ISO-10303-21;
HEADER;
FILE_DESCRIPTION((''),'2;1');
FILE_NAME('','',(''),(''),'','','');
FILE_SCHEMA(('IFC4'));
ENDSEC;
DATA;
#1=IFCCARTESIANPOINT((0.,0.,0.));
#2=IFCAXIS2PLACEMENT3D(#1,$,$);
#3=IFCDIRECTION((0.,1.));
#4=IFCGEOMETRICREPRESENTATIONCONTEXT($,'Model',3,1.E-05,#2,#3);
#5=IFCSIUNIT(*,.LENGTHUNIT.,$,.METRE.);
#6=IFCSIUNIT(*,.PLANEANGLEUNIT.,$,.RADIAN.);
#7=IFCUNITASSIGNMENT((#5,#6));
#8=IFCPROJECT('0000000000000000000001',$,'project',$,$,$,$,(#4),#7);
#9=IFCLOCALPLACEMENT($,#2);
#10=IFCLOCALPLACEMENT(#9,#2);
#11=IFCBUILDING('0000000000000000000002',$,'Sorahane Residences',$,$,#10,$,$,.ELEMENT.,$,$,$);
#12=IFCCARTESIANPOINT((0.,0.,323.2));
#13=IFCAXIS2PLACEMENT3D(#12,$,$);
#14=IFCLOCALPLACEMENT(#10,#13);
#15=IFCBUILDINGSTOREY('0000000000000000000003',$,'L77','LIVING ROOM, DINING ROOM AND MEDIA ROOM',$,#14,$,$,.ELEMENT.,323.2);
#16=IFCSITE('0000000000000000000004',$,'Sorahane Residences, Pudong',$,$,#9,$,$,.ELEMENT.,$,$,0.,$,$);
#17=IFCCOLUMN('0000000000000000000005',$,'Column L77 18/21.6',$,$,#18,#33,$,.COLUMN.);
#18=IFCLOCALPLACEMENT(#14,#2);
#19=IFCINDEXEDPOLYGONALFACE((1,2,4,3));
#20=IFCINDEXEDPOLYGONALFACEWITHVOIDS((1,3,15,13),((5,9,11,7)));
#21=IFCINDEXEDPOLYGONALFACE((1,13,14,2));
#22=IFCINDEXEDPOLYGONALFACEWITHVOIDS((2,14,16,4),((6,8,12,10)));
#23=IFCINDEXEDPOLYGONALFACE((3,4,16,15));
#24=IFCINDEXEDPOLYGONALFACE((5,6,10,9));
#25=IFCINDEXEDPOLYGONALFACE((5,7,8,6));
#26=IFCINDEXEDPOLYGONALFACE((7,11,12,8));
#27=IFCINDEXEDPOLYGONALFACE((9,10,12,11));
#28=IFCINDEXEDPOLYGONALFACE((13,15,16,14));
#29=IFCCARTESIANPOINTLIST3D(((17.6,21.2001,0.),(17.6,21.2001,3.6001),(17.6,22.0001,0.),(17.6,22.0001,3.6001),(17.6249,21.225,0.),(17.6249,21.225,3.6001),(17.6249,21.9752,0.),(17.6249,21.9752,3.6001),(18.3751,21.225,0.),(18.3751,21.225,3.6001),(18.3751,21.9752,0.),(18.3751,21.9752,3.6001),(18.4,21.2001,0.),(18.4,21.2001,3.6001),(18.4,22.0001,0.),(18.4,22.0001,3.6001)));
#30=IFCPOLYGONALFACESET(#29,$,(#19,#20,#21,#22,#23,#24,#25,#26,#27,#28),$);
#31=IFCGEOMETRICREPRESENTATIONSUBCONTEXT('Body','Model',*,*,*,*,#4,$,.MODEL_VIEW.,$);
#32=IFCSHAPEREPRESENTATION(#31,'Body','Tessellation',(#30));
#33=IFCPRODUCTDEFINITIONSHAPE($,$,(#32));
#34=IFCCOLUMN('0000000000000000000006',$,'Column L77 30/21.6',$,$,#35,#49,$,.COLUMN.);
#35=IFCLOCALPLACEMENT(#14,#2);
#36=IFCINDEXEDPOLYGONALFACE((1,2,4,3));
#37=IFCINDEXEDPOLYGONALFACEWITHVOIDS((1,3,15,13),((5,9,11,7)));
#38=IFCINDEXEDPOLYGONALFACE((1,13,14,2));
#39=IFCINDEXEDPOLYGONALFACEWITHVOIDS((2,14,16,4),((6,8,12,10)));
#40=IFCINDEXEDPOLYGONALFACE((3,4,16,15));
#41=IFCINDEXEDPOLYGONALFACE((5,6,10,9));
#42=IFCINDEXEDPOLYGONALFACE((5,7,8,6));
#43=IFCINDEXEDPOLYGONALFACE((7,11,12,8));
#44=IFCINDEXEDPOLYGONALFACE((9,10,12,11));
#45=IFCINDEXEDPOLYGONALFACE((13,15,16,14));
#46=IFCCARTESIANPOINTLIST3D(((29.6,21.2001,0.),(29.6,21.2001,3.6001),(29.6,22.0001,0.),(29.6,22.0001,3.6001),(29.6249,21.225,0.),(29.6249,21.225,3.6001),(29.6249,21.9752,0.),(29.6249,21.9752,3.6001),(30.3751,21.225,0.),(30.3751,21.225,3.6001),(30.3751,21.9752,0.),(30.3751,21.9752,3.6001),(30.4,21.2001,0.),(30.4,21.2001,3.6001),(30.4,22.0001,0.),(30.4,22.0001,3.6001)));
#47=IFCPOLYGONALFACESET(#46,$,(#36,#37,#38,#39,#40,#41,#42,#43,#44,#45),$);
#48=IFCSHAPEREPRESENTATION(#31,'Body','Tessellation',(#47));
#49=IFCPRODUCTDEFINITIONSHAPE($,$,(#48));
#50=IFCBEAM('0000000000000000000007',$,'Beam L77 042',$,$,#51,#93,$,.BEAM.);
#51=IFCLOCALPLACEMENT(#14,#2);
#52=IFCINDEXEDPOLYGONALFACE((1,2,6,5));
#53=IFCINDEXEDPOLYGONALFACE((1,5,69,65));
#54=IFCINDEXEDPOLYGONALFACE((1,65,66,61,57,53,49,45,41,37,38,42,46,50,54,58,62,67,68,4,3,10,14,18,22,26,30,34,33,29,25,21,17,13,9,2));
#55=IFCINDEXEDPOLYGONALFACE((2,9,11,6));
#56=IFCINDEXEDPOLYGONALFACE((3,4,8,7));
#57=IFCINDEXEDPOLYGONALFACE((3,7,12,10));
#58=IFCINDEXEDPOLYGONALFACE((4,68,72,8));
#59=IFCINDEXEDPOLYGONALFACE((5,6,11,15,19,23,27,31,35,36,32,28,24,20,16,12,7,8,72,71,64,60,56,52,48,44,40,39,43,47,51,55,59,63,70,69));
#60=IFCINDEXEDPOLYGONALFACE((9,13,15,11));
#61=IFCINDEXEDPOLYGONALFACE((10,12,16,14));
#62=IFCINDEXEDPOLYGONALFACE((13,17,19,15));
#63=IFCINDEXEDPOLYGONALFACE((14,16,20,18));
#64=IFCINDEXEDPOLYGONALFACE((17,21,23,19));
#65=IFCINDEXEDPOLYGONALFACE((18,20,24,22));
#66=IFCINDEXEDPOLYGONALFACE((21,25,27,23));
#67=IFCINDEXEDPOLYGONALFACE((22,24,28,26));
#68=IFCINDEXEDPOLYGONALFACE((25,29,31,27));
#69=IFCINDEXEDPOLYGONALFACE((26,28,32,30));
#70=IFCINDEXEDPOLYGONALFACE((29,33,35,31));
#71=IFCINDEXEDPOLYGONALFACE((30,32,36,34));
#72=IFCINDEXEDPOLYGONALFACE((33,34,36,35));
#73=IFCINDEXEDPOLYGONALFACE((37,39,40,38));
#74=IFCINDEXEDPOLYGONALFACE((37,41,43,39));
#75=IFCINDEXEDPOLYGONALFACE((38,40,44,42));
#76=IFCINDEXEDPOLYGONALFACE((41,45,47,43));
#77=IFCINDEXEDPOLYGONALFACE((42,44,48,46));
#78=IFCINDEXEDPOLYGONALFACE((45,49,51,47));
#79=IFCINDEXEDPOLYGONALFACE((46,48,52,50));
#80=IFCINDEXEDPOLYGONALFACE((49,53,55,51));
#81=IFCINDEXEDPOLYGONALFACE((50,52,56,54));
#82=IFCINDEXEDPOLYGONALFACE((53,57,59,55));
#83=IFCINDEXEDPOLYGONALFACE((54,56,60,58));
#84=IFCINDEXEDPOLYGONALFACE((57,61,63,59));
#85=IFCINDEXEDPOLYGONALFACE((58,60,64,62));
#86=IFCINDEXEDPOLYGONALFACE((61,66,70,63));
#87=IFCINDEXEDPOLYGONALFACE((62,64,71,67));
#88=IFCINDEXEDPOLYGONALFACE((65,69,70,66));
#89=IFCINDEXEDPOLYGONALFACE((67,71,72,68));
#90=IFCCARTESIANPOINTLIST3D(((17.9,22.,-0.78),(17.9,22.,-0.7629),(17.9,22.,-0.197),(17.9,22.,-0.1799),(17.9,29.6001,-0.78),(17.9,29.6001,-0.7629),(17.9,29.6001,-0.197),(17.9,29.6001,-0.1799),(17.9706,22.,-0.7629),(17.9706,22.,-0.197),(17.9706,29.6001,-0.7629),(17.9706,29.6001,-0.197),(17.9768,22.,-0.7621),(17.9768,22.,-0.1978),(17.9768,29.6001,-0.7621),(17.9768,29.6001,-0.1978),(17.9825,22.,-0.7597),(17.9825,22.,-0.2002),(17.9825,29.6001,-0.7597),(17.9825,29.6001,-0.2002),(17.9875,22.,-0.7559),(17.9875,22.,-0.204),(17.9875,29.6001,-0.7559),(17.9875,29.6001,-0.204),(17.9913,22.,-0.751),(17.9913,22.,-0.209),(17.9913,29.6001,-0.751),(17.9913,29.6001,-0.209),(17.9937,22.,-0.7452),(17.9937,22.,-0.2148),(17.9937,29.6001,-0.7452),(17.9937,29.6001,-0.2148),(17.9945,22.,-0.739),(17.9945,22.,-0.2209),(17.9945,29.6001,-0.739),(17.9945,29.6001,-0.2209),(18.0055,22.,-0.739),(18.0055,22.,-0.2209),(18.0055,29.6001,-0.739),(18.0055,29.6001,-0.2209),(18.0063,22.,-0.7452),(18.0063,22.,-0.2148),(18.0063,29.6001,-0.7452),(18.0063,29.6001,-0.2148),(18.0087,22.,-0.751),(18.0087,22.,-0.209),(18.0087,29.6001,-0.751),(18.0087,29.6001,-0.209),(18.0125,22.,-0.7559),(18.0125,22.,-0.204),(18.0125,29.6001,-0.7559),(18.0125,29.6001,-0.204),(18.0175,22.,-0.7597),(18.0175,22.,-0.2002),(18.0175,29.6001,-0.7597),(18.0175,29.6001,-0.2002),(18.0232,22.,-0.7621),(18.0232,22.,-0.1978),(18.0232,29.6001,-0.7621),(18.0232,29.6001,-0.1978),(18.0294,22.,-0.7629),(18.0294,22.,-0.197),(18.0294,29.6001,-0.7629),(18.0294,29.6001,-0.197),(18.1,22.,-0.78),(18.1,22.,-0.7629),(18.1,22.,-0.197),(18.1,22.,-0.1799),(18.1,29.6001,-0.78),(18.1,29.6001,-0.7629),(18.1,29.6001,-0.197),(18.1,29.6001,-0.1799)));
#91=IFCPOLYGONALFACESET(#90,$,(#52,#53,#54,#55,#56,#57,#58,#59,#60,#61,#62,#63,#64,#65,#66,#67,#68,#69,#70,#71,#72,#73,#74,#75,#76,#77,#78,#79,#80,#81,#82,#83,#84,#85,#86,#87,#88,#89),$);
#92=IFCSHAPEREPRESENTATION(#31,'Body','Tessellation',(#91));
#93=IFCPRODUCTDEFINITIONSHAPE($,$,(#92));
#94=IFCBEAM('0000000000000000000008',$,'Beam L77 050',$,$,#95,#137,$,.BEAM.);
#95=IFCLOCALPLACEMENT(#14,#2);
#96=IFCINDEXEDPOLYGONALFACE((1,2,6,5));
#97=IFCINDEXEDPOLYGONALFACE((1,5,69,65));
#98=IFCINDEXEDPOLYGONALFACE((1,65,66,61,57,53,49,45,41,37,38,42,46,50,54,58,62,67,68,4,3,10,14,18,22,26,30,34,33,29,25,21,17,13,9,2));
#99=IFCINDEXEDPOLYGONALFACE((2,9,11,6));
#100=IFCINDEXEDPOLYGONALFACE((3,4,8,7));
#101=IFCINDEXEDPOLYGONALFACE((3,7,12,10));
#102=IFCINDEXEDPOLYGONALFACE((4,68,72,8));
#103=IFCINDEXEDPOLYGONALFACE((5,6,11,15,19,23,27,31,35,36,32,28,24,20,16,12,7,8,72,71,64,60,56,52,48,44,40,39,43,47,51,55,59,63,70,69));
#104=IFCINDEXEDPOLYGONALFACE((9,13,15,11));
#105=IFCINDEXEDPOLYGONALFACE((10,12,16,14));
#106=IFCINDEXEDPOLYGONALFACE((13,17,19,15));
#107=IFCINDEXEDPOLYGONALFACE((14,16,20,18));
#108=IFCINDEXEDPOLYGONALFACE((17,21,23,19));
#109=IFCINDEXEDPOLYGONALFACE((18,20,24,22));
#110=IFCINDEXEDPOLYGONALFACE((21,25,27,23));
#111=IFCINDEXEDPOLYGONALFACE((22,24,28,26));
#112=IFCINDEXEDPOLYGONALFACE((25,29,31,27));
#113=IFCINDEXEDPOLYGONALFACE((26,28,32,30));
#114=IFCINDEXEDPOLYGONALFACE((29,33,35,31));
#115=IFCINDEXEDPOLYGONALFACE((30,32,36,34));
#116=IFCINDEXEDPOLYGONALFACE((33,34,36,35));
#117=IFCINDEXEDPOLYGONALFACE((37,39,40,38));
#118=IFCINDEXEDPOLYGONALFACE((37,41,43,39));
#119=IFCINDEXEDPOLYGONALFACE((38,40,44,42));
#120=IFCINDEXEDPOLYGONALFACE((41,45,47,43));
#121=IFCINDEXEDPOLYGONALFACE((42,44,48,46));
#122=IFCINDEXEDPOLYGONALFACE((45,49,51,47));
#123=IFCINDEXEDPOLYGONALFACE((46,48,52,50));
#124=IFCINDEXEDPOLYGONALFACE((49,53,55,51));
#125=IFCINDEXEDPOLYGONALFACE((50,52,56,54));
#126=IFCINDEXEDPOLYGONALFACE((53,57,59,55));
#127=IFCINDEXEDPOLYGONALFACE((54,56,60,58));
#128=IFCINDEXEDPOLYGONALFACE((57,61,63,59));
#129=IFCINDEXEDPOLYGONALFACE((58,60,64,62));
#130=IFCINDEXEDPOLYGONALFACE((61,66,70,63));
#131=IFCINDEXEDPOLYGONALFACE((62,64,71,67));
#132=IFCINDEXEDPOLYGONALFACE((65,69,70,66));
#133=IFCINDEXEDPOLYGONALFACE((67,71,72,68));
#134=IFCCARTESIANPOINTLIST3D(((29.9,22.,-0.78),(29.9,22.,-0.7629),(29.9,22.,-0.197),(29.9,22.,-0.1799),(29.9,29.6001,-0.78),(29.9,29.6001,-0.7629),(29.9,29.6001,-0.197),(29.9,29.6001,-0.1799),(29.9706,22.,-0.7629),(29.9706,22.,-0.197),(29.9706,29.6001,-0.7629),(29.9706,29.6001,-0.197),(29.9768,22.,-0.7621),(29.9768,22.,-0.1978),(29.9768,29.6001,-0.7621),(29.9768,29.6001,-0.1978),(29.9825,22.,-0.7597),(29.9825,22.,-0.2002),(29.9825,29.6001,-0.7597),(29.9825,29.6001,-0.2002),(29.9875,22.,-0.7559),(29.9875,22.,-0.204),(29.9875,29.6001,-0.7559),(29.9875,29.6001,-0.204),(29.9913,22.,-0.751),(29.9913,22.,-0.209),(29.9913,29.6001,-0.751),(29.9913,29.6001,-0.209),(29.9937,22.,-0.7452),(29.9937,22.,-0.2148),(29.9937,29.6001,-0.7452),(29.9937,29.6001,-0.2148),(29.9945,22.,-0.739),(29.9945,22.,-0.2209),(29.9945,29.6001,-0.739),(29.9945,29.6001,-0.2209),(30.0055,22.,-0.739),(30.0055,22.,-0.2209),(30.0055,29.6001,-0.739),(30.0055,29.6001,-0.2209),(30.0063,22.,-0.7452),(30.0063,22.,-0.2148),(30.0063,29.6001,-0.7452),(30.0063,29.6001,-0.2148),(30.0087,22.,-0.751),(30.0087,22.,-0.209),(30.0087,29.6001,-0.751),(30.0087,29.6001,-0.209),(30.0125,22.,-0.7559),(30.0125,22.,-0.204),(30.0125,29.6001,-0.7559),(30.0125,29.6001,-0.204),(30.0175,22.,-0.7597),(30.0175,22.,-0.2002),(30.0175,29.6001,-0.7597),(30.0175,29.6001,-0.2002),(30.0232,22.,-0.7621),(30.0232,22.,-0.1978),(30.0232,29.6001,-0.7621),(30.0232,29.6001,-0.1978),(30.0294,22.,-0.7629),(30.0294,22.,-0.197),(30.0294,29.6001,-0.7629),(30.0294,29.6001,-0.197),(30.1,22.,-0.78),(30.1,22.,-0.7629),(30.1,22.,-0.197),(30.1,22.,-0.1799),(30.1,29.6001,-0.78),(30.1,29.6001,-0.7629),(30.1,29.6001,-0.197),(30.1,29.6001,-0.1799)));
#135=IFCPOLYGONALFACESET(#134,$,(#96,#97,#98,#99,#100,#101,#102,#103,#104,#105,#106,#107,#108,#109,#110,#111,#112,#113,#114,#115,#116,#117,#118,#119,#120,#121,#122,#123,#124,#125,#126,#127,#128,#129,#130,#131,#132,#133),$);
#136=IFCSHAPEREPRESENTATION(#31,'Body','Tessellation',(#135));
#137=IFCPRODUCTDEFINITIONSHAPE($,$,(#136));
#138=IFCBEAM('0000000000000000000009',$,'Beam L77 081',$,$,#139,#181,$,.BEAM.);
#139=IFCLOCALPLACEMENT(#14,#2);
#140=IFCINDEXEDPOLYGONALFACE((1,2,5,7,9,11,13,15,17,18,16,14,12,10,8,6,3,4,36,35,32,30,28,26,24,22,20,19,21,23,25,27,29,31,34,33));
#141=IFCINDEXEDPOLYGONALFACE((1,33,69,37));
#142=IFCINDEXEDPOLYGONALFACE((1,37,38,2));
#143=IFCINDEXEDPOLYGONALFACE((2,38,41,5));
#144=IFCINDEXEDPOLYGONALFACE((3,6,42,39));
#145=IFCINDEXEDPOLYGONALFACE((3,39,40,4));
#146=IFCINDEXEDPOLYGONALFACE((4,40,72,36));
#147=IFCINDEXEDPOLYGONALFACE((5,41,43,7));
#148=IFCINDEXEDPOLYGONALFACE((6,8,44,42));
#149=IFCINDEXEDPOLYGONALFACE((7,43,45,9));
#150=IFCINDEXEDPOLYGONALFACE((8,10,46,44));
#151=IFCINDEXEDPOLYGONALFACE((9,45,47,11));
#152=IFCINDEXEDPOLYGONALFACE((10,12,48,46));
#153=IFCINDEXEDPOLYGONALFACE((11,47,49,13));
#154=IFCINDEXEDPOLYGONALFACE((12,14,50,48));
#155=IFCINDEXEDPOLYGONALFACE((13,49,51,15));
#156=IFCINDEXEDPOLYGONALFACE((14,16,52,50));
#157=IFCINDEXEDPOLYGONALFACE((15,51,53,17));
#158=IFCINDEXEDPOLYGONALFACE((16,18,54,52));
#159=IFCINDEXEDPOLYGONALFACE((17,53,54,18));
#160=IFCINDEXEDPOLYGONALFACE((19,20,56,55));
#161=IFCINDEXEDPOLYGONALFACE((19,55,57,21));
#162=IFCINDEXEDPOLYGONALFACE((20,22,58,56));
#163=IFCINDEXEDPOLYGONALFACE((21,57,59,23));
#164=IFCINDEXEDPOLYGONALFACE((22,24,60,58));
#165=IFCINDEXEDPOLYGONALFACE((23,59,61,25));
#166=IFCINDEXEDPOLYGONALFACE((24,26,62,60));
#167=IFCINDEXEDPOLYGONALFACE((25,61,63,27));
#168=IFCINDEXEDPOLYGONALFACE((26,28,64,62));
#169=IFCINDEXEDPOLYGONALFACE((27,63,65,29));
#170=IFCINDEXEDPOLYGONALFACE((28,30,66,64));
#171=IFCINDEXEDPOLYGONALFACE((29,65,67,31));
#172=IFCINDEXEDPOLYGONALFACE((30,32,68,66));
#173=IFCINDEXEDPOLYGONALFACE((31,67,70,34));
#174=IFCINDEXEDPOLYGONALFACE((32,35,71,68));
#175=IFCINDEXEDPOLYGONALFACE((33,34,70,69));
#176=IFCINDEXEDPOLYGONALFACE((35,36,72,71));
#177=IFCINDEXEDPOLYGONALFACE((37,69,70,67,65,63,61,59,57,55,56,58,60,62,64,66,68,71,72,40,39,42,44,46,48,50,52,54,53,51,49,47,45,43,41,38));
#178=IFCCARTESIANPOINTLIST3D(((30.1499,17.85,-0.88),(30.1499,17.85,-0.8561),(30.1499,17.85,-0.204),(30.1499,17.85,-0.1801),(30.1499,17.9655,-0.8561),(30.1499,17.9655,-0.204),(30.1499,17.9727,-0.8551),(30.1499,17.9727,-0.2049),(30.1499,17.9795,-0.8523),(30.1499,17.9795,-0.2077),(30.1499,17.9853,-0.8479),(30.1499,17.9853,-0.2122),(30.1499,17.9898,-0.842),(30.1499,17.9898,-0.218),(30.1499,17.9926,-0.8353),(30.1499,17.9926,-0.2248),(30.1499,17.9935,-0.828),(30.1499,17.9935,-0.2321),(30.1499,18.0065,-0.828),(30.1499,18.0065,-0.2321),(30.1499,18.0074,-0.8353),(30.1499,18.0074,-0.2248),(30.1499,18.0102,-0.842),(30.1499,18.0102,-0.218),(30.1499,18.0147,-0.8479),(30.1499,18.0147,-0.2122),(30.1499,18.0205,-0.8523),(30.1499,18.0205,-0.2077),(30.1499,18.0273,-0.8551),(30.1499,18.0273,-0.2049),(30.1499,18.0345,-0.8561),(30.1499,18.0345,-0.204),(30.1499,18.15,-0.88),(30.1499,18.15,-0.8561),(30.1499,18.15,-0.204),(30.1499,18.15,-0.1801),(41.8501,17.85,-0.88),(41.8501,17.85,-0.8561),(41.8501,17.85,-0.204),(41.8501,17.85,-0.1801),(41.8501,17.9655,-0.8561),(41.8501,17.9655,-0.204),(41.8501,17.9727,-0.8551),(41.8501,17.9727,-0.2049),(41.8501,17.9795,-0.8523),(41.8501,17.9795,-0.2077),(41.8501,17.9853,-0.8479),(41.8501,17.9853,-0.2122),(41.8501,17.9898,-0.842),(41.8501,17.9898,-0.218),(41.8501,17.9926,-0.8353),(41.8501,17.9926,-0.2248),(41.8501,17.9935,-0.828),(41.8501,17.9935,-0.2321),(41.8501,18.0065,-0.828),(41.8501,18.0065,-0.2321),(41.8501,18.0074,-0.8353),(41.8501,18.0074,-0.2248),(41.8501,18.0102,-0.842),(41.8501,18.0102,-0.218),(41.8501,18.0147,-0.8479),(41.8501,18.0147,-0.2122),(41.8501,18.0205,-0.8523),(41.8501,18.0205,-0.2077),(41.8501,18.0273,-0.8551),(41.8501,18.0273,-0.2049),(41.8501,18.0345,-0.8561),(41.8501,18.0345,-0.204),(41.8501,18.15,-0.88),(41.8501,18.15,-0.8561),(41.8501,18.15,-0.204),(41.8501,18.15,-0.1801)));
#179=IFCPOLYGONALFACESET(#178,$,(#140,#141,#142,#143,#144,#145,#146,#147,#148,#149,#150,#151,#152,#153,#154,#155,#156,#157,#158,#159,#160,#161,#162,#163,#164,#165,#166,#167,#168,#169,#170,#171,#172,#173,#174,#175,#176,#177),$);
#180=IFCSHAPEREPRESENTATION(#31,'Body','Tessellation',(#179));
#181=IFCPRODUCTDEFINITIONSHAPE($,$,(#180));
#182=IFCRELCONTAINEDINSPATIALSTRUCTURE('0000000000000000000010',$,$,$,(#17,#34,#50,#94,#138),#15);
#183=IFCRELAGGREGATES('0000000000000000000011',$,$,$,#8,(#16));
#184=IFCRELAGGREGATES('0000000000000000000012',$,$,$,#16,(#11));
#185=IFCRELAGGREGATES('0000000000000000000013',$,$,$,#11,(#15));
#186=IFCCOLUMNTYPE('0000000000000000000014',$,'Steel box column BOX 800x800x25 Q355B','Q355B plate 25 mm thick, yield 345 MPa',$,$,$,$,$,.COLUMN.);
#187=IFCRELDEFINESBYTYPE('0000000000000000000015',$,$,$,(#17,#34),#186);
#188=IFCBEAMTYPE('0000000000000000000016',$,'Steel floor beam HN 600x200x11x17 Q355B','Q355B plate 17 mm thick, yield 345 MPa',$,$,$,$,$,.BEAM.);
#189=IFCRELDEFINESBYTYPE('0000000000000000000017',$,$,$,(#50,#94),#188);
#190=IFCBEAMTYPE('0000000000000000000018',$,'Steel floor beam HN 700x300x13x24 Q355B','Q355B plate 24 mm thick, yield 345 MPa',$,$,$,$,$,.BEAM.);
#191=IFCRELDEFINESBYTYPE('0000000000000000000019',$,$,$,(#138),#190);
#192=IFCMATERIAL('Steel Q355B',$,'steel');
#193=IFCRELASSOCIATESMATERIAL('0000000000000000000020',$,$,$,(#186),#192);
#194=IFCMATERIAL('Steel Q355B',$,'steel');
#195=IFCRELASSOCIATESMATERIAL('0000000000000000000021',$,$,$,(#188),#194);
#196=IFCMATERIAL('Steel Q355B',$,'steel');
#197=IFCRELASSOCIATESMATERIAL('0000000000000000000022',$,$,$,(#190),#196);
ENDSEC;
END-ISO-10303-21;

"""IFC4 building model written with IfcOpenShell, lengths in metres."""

from ifc_helpers import new_model, si_unit, direction, frame, origin, origin_2d, place, context, subcontext, project, spatial, hollow_rectangle, i_section, extrude, material, material_profile, profile_set, type_object, element, save


model = new_model("IFC4")

# Units and contexts
model_context = context("Model", 3, precision=1e-05, world=origin(), true_north=direction((0.0, 1.0)))
body_context = subcontext(model_context, "Body", "Model", "MODEL_VIEW")
ifc_project = project(units=[si_unit("LENGTHUNIT", "METRE"), si_unit("PLANEANGLEUNIT", "RADIAN")], contexts=[model_context])

# Site, building, storey
site_placement = place(None, origin())
site = spatial("IfcSite", under=ifc_project, at=site_placement, Name="Sorahane Residences, Pudong", CompositionType="ELEMENT", RefElevation=0.0)
building_placement = place(site_placement, origin())
building = spatial("IfcBuilding", under=site, at=building_placement, Name="Sorahane Residences", CompositionType="ELEMENT")
storey_placement = place(building_placement, frame((0.0, 0.0, 323.2)))
storey = spatial("IfcBuildingStorey", under=building, at=storey_placement, Name="L77", Description="LIVING ROOM, DINING ROOM AND MEDIA ROOM", CompositionType="ELEMENT", Elevation=323.2)

# Columns
ifc_material_1 = material(Name="Steel Q355B", Category="steel")
ifc_material_profile_1 = material_profile(ifc_material_1, hollow_rectangle(XDim=0.8, YDim=0.8, WallThickness=0.0249, at=origin_2d()), Name="BOX 800x800x25")
ifc_profile_set_1 = profile_set([ifc_material_profile_1], Name="Steel Q355B")
column_type = type_object("IfcColumnType", Name="Steel box column BOX 800x800x25 Q355B", Description="Q355B plate 25 mm thick, yield 345 MPa", PredefinedType="COLUMN", material=ifc_profile_set_1)
for number, where, z_axis, x_axis, name in (
    (1, (18.0, 21.6001, 0.0), (0.0, 0.0, 1.0), (1.0, 0.0, 0.0), "Column L77 18/21.6"),
    (2, (30.0, 21.6001, 0.0), (0.0, 0.0, 1.0), (1.0, 0.0, 0.0), "Column L77 30/21.6"),
):
    element("IfcColumn", number, at=place(storey_placement, frame(where, z_axis=z_axis, x_axis=x_axis)), inside=storey, type_object=column_type, Name=name, PredefinedType="COLUMN", context=body_context, shape_type="SweptSolid", body=[
        extrude(hollow_rectangle(XDim=0.8, YDim=0.8, WallThickness=0.0249, at=origin_2d()), origin(), (0.0, 0.0, 1.0), 3.6001),
    ])

# Beams
ifc_material_2 = material(Name="Steel Q355B", Category="steel")
ifc_material_profile_2 = material_profile(ifc_material_2, i_section(OverallWidth=0.2, OverallDepth=0.6001, WebThickness=0.011, FlangeThickness=0.0171, FilletRadius=0.0239, at=origin_2d()), Name="HN 600x200x11x17")
ifc_profile_set_2 = profile_set([ifc_material_profile_2], Name="Steel Q355B")
beam_type_1 = type_object("IfcBeamType", Name="Steel floor beam HN 600x200x11x17 Q355B", Description="Q355B plate 17 mm thick, yield 345 MPa", PredefinedType="BEAM", material=ifc_profile_set_2)
for number, where, z_axis, x_axis, name in (
    (3, (18.0, 22.0, -0.48), (0.0, 1.0, 0.0), (-1.0, 0.0, 0.0), "Beam L77 042"),
    (4, (30.0, 22.0, -0.48), (0.0, 1.0, 0.0), (-1.0, 0.0, 0.0), "Beam L77 050"),
):
    element("IfcBeam", number, at=place(storey_placement, frame(where, z_axis=z_axis, x_axis=x_axis)), inside=storey, type_object=beam_type_1, Name=name, PredefinedType="BEAM", context=body_context, shape_type="SweptSolid", body=[
        extrude(i_section(OverallWidth=0.2, OverallDepth=0.6001, WebThickness=0.011, FlangeThickness=0.0171, FilletRadius=0.0239, at=origin_2d()), origin(), (0.0, 0.0, 1.0), 7.6001),
    ])
ifc_material_3 = material(Name="Steel Q355B", Category="steel")
ifc_material_profile_3 = material_profile(ifc_material_3, i_section(OverallWidth=0.3, OverallDepth=0.7, WebThickness=0.0129, FlangeThickness=0.0239, FilletRadius=0.0281, at=origin_2d()), Name="HN 700x300x13x24")
ifc_profile_set_3 = profile_set([ifc_material_profile_3], Name="Steel Q355B")
beam_type_2 = type_object("IfcBeamType", Name="Steel floor beam HN 700x300x13x24 Q355B", Description="Q355B plate 24 mm thick, yield 345 MPa", PredefinedType="BEAM", material=ifc_profile_set_3)
beam_placement = place(storey_placement, frame((30.1499, 18.0, -0.53), z_axis=(1.0, 0.0, 0.0), x_axis=(0.0, 1.0, 0.0)))
element("IfcBeam", 5, at=beam_placement, inside=storey, type_object=beam_type_2, Name="Beam L77 081", PredefinedType="BEAM", context=body_context, shape_type="SweptSolid", body=[
    extrude(i_section(OverallWidth=0.3, OverallDepth=0.7, WebThickness=0.0129, FlangeThickness=0.0239, FilletRadius=0.0281, at=origin_2d()), origin(), (0.0, 0.0, 1.0), 11.7002),
])

save(model, "model.ifc")
